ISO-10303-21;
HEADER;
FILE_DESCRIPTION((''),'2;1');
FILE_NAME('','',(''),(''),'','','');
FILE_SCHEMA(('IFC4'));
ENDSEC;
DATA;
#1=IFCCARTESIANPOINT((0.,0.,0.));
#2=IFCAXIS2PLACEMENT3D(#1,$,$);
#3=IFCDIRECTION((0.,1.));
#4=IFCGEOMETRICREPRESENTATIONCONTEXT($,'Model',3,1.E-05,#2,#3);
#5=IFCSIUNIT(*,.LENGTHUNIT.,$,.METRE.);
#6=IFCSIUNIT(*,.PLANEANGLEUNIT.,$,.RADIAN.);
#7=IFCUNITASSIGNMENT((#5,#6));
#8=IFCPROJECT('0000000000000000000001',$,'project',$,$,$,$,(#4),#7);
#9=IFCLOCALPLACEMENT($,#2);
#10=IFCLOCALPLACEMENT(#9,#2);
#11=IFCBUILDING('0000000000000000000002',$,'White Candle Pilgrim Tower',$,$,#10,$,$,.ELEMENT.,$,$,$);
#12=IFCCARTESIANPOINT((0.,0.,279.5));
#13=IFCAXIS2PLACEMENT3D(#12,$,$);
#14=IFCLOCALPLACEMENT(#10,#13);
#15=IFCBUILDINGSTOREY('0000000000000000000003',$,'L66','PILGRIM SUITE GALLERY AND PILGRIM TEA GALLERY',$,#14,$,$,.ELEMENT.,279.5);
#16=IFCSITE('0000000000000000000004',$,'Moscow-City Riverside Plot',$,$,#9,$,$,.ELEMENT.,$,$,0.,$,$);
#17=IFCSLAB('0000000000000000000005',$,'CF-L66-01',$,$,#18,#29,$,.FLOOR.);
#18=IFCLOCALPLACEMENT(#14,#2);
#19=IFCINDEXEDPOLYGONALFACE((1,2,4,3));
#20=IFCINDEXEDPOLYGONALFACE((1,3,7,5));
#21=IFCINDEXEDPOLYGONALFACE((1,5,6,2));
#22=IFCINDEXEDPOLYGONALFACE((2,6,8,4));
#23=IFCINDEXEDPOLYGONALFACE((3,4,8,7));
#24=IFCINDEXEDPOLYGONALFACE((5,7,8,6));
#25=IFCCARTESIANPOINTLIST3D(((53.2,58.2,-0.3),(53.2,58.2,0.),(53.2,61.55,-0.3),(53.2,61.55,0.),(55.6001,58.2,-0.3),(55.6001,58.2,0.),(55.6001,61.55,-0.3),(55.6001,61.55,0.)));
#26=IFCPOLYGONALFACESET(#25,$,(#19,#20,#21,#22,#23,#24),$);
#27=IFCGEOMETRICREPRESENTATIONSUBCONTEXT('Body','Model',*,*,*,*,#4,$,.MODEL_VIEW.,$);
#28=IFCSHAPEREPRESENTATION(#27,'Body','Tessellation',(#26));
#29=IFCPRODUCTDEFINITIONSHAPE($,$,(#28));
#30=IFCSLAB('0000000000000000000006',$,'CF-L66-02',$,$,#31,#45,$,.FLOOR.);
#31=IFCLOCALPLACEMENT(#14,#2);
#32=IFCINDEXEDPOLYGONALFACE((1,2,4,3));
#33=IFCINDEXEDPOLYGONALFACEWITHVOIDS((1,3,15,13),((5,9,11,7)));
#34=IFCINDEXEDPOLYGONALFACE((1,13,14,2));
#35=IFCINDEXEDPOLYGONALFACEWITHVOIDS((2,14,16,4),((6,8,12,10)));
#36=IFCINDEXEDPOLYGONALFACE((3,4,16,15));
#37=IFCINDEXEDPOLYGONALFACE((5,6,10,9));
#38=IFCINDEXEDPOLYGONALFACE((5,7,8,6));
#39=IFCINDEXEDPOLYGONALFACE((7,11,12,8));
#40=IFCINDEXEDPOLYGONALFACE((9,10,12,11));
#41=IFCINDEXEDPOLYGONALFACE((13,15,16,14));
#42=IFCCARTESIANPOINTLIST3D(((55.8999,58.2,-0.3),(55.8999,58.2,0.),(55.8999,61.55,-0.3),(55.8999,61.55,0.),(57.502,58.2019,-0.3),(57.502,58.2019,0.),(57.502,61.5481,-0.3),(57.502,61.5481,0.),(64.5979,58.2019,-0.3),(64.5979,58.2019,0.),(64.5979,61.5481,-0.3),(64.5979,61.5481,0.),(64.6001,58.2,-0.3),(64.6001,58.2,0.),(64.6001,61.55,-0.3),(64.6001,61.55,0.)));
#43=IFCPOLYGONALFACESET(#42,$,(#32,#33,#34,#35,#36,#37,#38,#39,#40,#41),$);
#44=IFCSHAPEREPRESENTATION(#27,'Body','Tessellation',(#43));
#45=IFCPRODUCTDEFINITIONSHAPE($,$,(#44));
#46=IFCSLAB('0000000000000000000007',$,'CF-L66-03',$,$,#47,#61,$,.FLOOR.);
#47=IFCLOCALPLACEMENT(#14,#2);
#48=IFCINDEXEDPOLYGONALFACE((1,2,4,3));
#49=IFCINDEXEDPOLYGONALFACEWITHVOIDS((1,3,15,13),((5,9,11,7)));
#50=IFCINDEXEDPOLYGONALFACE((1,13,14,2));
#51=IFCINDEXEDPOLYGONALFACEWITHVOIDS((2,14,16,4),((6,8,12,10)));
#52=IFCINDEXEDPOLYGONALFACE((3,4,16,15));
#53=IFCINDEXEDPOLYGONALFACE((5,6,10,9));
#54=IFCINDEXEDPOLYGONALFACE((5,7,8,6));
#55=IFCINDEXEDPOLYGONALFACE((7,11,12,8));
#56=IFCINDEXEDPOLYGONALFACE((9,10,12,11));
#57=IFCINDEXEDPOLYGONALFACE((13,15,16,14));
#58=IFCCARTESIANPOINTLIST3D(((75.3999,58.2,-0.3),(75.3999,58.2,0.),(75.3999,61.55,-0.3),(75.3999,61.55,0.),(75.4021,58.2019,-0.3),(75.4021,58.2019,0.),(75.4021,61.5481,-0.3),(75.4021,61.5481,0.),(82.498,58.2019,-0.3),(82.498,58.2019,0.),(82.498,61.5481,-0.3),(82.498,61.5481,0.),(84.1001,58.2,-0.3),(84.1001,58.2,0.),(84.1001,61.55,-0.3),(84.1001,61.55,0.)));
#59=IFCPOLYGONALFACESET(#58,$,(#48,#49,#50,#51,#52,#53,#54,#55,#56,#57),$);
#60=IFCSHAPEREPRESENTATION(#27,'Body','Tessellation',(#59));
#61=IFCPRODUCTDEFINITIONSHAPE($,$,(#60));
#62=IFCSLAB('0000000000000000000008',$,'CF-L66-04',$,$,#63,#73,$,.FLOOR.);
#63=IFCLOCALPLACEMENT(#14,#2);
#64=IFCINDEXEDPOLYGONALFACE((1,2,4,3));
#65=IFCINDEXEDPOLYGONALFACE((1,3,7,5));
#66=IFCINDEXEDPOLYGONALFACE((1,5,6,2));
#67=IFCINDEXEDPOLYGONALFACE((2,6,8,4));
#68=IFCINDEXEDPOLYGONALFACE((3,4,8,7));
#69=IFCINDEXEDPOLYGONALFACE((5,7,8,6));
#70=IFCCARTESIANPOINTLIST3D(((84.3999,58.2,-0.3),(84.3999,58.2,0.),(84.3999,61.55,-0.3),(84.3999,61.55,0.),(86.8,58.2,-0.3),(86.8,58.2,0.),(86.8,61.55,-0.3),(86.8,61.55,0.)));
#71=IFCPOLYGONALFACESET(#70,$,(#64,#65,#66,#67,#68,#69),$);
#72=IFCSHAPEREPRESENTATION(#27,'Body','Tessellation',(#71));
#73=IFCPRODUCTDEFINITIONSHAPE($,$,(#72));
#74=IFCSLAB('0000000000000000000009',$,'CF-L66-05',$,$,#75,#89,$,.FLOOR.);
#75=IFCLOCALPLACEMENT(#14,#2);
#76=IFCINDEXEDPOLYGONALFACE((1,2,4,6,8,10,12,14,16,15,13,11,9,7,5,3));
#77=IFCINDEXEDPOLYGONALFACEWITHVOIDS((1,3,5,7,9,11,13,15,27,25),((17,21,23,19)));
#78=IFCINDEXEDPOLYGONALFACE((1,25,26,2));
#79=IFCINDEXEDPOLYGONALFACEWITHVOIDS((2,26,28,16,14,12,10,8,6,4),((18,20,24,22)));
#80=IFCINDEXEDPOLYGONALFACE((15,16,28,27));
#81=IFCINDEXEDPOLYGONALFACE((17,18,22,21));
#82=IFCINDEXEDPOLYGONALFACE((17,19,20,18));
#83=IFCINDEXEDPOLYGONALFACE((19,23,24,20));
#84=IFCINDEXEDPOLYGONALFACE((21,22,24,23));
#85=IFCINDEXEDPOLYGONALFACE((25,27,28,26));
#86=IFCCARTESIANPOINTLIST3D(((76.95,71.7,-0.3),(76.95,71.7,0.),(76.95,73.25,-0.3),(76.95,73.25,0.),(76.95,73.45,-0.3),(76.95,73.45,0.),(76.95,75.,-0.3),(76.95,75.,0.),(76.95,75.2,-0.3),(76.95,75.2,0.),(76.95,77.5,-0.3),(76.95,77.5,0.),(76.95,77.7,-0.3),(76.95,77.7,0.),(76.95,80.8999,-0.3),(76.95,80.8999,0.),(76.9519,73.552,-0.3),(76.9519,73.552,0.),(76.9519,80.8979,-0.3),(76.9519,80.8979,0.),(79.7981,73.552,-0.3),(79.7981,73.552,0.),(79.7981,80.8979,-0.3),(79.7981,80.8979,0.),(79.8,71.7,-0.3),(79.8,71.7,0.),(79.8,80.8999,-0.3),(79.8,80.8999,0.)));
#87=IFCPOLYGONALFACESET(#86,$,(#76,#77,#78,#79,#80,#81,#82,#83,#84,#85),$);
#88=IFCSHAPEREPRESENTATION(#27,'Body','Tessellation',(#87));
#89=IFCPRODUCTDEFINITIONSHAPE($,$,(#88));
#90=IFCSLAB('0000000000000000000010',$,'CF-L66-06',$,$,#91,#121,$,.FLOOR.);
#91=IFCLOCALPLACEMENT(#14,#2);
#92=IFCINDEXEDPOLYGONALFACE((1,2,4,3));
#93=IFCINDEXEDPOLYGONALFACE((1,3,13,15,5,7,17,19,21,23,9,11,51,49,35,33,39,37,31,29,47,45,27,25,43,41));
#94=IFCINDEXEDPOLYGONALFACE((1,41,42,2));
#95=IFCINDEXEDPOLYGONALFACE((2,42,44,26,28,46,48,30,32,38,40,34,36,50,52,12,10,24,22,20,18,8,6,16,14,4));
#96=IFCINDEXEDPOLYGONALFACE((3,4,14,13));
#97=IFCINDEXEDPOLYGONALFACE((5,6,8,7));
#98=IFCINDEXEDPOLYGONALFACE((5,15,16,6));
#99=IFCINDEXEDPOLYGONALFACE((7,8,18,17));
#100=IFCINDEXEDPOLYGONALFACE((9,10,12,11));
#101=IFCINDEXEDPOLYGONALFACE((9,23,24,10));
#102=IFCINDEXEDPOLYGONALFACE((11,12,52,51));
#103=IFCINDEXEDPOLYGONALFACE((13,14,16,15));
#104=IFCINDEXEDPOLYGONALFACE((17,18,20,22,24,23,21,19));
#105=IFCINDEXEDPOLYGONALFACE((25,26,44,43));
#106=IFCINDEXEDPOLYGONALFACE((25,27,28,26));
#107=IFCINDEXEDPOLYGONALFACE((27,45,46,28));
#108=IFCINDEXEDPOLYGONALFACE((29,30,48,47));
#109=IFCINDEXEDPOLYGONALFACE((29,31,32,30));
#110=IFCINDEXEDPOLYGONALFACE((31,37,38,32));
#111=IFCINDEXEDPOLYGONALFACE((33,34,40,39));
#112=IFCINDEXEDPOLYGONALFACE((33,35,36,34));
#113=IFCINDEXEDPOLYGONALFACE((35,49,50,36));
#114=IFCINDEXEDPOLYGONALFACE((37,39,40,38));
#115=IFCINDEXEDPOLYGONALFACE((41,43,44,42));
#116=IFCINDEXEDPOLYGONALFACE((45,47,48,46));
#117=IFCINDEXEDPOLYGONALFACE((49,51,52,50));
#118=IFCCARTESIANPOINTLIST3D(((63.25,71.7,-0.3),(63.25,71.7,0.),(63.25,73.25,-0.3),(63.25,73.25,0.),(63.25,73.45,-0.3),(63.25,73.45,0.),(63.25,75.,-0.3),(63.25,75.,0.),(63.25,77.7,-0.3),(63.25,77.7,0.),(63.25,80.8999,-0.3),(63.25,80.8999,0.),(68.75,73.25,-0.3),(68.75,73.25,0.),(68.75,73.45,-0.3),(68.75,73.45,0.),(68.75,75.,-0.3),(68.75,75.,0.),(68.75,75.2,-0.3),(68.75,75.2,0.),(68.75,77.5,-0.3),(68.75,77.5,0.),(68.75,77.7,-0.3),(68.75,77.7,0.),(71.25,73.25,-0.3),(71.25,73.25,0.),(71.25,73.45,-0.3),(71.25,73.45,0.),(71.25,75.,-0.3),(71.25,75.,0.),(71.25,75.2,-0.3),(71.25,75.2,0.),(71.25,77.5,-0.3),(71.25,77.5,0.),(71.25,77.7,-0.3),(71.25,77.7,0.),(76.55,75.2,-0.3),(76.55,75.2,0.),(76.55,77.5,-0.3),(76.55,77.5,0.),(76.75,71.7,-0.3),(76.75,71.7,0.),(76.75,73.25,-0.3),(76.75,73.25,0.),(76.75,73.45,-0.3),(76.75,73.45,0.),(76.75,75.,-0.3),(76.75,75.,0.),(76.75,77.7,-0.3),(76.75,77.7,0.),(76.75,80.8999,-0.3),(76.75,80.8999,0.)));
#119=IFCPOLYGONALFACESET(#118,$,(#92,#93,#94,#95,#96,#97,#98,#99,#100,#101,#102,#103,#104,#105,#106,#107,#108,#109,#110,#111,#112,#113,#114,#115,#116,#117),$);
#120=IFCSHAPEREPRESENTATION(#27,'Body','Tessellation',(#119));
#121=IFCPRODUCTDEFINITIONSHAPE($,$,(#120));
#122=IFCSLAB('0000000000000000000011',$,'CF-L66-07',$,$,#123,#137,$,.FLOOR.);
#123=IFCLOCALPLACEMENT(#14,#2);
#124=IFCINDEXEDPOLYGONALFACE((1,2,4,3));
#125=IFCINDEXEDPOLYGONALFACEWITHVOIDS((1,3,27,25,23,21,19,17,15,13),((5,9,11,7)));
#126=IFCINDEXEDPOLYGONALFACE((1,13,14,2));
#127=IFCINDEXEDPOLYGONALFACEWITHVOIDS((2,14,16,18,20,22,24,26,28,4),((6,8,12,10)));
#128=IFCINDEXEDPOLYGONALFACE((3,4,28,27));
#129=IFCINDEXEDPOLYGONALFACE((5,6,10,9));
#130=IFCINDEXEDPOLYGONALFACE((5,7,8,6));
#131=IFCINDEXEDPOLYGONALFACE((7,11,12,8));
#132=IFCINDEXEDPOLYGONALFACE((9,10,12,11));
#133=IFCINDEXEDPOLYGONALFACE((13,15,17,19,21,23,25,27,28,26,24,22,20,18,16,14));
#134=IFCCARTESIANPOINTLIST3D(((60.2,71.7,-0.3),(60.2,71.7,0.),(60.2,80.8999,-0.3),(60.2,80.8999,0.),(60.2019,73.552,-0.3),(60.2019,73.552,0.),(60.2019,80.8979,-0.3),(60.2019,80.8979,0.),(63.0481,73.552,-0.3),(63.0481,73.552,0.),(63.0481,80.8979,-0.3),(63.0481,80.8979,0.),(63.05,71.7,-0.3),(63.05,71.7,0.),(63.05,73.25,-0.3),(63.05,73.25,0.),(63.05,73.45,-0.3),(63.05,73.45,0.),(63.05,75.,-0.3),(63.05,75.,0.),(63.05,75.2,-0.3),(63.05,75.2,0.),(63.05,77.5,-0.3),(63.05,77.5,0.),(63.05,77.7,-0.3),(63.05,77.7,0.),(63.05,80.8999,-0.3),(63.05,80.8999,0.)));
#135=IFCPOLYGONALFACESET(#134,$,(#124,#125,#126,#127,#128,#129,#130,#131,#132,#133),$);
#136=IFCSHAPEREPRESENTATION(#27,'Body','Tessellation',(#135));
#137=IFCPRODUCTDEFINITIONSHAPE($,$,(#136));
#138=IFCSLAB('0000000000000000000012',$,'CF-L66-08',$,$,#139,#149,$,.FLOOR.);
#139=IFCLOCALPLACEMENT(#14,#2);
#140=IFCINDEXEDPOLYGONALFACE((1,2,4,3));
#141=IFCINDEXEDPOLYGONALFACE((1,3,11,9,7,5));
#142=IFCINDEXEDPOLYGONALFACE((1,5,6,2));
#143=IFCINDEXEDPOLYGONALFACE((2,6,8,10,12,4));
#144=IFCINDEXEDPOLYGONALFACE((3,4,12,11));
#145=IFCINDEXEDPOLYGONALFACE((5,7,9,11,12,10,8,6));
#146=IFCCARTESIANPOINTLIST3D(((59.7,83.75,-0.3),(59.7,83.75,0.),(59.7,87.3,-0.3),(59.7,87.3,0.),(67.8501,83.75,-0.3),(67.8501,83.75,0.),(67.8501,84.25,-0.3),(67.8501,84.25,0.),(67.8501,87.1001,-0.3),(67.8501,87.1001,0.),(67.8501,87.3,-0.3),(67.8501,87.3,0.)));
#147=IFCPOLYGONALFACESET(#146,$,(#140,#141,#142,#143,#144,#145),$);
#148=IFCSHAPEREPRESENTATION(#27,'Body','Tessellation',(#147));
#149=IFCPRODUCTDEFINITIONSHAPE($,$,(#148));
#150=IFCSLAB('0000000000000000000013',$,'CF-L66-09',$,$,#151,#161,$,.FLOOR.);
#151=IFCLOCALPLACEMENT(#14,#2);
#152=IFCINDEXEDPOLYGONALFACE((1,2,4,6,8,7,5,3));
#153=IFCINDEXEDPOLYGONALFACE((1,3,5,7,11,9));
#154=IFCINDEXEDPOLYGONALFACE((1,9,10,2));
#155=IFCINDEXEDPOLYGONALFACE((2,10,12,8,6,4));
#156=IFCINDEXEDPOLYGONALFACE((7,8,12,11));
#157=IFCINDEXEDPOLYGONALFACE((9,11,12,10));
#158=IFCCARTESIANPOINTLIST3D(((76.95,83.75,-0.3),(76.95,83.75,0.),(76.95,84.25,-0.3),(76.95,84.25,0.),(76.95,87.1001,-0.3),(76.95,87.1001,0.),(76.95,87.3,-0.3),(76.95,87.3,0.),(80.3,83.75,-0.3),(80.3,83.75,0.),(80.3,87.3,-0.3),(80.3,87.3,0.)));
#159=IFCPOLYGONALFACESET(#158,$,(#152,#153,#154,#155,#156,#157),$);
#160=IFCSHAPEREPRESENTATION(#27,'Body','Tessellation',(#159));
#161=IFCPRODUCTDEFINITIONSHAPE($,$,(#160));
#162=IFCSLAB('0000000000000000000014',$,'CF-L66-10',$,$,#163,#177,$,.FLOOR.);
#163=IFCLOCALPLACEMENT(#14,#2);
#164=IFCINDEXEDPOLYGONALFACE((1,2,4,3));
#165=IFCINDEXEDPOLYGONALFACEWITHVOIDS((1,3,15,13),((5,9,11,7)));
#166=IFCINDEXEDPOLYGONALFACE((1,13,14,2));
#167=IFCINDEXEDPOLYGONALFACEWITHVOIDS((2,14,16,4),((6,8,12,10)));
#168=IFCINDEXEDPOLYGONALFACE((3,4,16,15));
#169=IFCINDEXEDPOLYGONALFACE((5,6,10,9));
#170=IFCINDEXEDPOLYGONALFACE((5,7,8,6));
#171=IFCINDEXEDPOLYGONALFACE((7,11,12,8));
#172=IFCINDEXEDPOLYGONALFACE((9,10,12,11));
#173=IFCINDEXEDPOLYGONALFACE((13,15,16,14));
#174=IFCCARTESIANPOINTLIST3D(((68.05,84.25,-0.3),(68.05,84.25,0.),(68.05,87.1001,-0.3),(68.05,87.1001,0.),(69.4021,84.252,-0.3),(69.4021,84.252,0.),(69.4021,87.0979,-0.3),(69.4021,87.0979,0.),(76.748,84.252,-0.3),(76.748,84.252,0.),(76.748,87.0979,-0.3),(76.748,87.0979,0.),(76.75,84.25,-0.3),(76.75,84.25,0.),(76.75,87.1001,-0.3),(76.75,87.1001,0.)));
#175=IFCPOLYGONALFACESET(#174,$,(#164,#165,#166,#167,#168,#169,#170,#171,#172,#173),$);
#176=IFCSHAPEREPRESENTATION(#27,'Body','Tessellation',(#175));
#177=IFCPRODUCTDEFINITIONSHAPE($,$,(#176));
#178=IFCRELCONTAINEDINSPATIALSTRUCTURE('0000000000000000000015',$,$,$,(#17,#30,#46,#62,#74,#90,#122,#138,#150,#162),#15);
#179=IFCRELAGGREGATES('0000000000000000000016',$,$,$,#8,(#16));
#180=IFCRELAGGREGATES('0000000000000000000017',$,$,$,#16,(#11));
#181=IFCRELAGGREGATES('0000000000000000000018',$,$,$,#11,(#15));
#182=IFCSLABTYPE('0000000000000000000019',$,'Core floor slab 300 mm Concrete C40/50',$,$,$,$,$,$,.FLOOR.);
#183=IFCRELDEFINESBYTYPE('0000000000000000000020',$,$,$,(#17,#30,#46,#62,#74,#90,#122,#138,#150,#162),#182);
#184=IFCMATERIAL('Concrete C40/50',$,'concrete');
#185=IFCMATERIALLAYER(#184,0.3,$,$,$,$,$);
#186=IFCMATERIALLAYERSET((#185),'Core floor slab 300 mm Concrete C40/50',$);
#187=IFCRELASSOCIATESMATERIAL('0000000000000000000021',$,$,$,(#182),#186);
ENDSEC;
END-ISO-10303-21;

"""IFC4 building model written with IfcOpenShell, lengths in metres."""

from ifc_helpers import new_model, si_unit, direction, frame, origin, place, context, subcontext, project, spatial, polyline, outline, extrude, material, layer, layer_set, type_object, element, save


model = new_model("IFC4")

# Units and contexts
model_context = context("Model", 3, precision=1e-05, world=origin(), true_north=direction((0.0, 1.0)))
body_context = subcontext(model_context, "Body", "Model", "MODEL_VIEW")
ifc_project = project(units=[si_unit("LENGTHUNIT", "METRE"), si_unit("PLANEANGLEUNIT", "RADIAN")], contexts=[model_context])

# Site, building, storey
site_placement = place(None, origin())
site = spatial("IfcSite", under=ifc_project, at=site_placement, Name="Moscow-City Riverside Plot", CompositionType="ELEMENT", RefElevation=0.0)
building_placement = place(site_placement, origin())
building = spatial("IfcBuilding", under=site, at=building_placement, Name="White Candle Pilgrim Tower", CompositionType="ELEMENT")
storey_placement = place(building_placement, frame((0.0, 0.0, 279.5)))
storey = spatial("IfcBuildingStorey", under=building, at=storey_placement, Name="L66", Description="PILGRIM SUITE GALLERY AND PILGRIM TEA GALLERY", CompositionType="ELEMENT", Elevation=279.5)

# Slabs
ifc_material_1 = material(Name="Concrete C40/50", Category="concrete")
ifc_layer_1 = layer(ifc_material_1, 0.3)
ifc_layer_set_1 = layer_set([ifc_layer_1], Name="Core floor slab 300 mm Concrete C40/50")
slab_type_1 = type_object("IfcSlabType", Name="Core floor slab 300 mm Concrete C40/50", PredefinedType="FLOOR", material=ifc_layer_set_1)
slab_1_placement = place(storey_placement, frame((0.0, 0.0, -0.3)))
element("IfcSlab", 1, at=slab_1_placement, inside=storey, type_object=slab_type_1, Name="CF-L66-01", PredefinedType="FLOOR", context=body_context, shape_type="SweptSolid", body=[
    extrude(outline(polyline([(55.6001, 58.2), (53.2, 58.2), (53.2, 61.55), (55.6001, 61.55), (55.6001, 58.2)])), origin(), (0.0, 0.0, 1.0), 0.3),
])
slab_2_placement = place(storey_placement, frame((0.0, 0.0, -0.3)))
element("IfcSlab", 2, at=slab_2_placement, inside=storey, type_object=slab_type_1, Name="CF-L66-02", PredefinedType="FLOOR", context=body_context, shape_type="SweptSolid", body=[
    extrude(outline(polyline([(55.8999, 58.2), (55.8999, 61.55), (64.6001, 61.55), (64.6001, 58.2), (55.8999, 58.2)]), holes=[polyline([(57.502, 61.5481), (57.502, 58.2019), (64.5979, 58.2019), (64.5979, 61.5481), (57.502, 61.5481)])]), origin(), (0.0, 0.0, 1.0), 0.3),
])
slab_3_placement = place(storey_placement, frame((0.0, 0.0, -0.3)))
element("IfcSlab", 3, at=slab_3_placement, inside=storey, type_object=slab_type_1, Name="CF-L66-03", PredefinedType="FLOOR", context=body_context, shape_type="SweptSolid", body=[
    extrude(outline(polyline([(75.3999, 58.2), (75.3999, 61.55), (84.1001, 61.55), (84.1001, 58.2), (75.3999, 58.2)]), holes=[polyline([(82.498, 61.5481), (75.4021, 61.5481), (75.4021, 58.2019), (82.498, 58.2019), (82.498, 61.5481)])]), origin(), (0.0, 0.0, 1.0), 0.3),
])
slab_4_placement = place(storey_placement, frame((0.0, 0.0, -0.3)))
element("IfcSlab", 4, at=slab_4_placement, inside=storey, type_object=slab_type_1, Name="CF-L66-04", PredefinedType="FLOOR", context=body_context, shape_type="SweptSolid", body=[
    extrude(outline(polyline([(86.8, 58.2), (84.3999, 58.2), (84.3999, 61.55), (86.8, 61.55), (86.8, 58.2)])), origin(), (0.0, 0.0, 1.0), 0.3),
])
slab_5_placement = place(storey_placement, frame((0.0, 0.0, -0.3)))
element("IfcSlab", 5, at=slab_5_placement, inside=storey, type_object=slab_type_1, Name="CF-L66-05", PredefinedType="FLOOR", context=body_context, shape_type="SweptSolid", body=[
    extrude(outline(polyline([(76.95, 71.7), (76.95, 73.25), (76.95, 73.45), (76.95, 75.0), (76.95, 75.2), (76.95, 77.5), (76.95, 77.7), (76.95, 80.8999), (79.8, 80.8999), (79.8, 71.7), (76.95, 71.7)]), holes=[polyline([(76.9519, 73.552), (79.7981, 73.552), (79.7981, 80.8979), (76.9519, 80.8979), (76.9519, 73.552)])]), origin(), (0.0, 0.0, 1.0), 0.3),
])
slab_6_placement = place(storey_placement, frame((0.0, 0.0, -0.3)))
element("IfcSlab", 6, at=slab_6_placement, inside=storey, type_object=slab_type_1, Name="CF-L66-06", PredefinedType="FLOOR", context=body_context, shape_type="SweptSolid", body=[
    extrude(outline(polyline([(63.25, 71.7), (63.25, 73.25), (68.75, 73.25), (68.75, 73.45), (63.25, 73.45), (63.25, 75.0), (68.75, 75.0), (68.75, 75.2), (68.75, 77.5), (68.75, 77.7), (63.25, 77.7), (63.25, 80.8999), (76.75, 80.8999), (76.75, 77.7), (71.25, 77.7), (71.25, 77.5), (76.55, 77.5), (76.55, 75.2), (71.25, 75.2), (71.25, 75.0), (76.75, 75.0), (76.75, 73.45), (71.25, 73.45), (71.25, 73.25), (76.75, 73.25), (76.75, 71.7), (63.25, 71.7)])), origin(), (0.0, 0.0, 1.0), 0.3),
])
slab_7_placement = place(storey_placement, frame((0.0, 0.0, -0.3)))
element("IfcSlab", 7, at=slab_7_placement, inside=storey, type_object=slab_type_1, Name="CF-L66-07", PredefinedType="FLOOR", context=body_context, shape_type="SweptSolid", body=[
    extrude(outline(polyline([(60.2, 71.7), (60.2, 80.8999), (63.05, 80.8999), (63.05, 77.7), (63.05, 77.5), (63.05, 75.2), (63.05, 75.0), (63.05, 73.45), (63.05, 73.25), (63.05, 71.7), (60.2, 71.7)]), holes=[polyline([(60.2019, 73.552), (63.0481, 73.552), (63.0481, 80.8979), (60.2019, 80.8979), (60.2019, 73.552)])]), origin(), (0.0, 0.0, 1.0), 0.3),
])
slab_8_placement = place(storey_placement, frame((0.0, 0.0, -0.3)))
element("IfcSlab", 8, at=slab_8_placement, inside=storey, type_object=slab_type_1, Name="CF-L66-08", PredefinedType="FLOOR", context=body_context, shape_type="SweptSolid", body=[
    extrude(outline(polyline([(59.7, 87.3), (67.8501, 87.3), (67.8501, 87.1001), (67.8501, 84.25), (67.8501, 83.75), (59.7, 83.75), (59.7, 87.3)])), origin(), (0.0, 0.0, 1.0), 0.3),
])
slab_9_placement = place(storey_placement, frame((0.0, 0.0, -0.3)))
element("IfcSlab", 9, at=slab_9_placement, inside=storey, type_object=slab_type_1, Name="CF-L66-09", PredefinedType="FLOOR", context=body_context, shape_type="SweptSolid", body=[
    extrude(outline(polyline([(80.3, 87.3), (80.3, 83.75), (76.95, 83.75), (76.95, 84.25), (76.95, 87.1001), (76.95, 87.3), (80.3, 87.3)])), origin(), (0.0, 0.0, 1.0), 0.3),
])
slab_10_placement = place(storey_placement, frame((0.0, 0.0, -0.3)))
element("IfcSlab", 10, at=slab_10_placement, inside=storey, type_object=slab_type_1, Name="CF-L66-10", PredefinedType="FLOOR", context=body_context, shape_type="SweptSolid", body=[
    extrude(outline(polyline([(68.05, 87.1001), (76.75, 87.1001), (76.75, 84.25), (68.05, 84.25), (68.05, 87.1001)]), holes=[polyline([(69.4021, 87.0979), (69.4021, 84.252), (76.748, 84.252), (76.748, 87.0979), (69.4021, 87.0979)])]), origin(), (0.0, 0.0, 1.0), 0.3),
])

save(model, "model.ifc")
